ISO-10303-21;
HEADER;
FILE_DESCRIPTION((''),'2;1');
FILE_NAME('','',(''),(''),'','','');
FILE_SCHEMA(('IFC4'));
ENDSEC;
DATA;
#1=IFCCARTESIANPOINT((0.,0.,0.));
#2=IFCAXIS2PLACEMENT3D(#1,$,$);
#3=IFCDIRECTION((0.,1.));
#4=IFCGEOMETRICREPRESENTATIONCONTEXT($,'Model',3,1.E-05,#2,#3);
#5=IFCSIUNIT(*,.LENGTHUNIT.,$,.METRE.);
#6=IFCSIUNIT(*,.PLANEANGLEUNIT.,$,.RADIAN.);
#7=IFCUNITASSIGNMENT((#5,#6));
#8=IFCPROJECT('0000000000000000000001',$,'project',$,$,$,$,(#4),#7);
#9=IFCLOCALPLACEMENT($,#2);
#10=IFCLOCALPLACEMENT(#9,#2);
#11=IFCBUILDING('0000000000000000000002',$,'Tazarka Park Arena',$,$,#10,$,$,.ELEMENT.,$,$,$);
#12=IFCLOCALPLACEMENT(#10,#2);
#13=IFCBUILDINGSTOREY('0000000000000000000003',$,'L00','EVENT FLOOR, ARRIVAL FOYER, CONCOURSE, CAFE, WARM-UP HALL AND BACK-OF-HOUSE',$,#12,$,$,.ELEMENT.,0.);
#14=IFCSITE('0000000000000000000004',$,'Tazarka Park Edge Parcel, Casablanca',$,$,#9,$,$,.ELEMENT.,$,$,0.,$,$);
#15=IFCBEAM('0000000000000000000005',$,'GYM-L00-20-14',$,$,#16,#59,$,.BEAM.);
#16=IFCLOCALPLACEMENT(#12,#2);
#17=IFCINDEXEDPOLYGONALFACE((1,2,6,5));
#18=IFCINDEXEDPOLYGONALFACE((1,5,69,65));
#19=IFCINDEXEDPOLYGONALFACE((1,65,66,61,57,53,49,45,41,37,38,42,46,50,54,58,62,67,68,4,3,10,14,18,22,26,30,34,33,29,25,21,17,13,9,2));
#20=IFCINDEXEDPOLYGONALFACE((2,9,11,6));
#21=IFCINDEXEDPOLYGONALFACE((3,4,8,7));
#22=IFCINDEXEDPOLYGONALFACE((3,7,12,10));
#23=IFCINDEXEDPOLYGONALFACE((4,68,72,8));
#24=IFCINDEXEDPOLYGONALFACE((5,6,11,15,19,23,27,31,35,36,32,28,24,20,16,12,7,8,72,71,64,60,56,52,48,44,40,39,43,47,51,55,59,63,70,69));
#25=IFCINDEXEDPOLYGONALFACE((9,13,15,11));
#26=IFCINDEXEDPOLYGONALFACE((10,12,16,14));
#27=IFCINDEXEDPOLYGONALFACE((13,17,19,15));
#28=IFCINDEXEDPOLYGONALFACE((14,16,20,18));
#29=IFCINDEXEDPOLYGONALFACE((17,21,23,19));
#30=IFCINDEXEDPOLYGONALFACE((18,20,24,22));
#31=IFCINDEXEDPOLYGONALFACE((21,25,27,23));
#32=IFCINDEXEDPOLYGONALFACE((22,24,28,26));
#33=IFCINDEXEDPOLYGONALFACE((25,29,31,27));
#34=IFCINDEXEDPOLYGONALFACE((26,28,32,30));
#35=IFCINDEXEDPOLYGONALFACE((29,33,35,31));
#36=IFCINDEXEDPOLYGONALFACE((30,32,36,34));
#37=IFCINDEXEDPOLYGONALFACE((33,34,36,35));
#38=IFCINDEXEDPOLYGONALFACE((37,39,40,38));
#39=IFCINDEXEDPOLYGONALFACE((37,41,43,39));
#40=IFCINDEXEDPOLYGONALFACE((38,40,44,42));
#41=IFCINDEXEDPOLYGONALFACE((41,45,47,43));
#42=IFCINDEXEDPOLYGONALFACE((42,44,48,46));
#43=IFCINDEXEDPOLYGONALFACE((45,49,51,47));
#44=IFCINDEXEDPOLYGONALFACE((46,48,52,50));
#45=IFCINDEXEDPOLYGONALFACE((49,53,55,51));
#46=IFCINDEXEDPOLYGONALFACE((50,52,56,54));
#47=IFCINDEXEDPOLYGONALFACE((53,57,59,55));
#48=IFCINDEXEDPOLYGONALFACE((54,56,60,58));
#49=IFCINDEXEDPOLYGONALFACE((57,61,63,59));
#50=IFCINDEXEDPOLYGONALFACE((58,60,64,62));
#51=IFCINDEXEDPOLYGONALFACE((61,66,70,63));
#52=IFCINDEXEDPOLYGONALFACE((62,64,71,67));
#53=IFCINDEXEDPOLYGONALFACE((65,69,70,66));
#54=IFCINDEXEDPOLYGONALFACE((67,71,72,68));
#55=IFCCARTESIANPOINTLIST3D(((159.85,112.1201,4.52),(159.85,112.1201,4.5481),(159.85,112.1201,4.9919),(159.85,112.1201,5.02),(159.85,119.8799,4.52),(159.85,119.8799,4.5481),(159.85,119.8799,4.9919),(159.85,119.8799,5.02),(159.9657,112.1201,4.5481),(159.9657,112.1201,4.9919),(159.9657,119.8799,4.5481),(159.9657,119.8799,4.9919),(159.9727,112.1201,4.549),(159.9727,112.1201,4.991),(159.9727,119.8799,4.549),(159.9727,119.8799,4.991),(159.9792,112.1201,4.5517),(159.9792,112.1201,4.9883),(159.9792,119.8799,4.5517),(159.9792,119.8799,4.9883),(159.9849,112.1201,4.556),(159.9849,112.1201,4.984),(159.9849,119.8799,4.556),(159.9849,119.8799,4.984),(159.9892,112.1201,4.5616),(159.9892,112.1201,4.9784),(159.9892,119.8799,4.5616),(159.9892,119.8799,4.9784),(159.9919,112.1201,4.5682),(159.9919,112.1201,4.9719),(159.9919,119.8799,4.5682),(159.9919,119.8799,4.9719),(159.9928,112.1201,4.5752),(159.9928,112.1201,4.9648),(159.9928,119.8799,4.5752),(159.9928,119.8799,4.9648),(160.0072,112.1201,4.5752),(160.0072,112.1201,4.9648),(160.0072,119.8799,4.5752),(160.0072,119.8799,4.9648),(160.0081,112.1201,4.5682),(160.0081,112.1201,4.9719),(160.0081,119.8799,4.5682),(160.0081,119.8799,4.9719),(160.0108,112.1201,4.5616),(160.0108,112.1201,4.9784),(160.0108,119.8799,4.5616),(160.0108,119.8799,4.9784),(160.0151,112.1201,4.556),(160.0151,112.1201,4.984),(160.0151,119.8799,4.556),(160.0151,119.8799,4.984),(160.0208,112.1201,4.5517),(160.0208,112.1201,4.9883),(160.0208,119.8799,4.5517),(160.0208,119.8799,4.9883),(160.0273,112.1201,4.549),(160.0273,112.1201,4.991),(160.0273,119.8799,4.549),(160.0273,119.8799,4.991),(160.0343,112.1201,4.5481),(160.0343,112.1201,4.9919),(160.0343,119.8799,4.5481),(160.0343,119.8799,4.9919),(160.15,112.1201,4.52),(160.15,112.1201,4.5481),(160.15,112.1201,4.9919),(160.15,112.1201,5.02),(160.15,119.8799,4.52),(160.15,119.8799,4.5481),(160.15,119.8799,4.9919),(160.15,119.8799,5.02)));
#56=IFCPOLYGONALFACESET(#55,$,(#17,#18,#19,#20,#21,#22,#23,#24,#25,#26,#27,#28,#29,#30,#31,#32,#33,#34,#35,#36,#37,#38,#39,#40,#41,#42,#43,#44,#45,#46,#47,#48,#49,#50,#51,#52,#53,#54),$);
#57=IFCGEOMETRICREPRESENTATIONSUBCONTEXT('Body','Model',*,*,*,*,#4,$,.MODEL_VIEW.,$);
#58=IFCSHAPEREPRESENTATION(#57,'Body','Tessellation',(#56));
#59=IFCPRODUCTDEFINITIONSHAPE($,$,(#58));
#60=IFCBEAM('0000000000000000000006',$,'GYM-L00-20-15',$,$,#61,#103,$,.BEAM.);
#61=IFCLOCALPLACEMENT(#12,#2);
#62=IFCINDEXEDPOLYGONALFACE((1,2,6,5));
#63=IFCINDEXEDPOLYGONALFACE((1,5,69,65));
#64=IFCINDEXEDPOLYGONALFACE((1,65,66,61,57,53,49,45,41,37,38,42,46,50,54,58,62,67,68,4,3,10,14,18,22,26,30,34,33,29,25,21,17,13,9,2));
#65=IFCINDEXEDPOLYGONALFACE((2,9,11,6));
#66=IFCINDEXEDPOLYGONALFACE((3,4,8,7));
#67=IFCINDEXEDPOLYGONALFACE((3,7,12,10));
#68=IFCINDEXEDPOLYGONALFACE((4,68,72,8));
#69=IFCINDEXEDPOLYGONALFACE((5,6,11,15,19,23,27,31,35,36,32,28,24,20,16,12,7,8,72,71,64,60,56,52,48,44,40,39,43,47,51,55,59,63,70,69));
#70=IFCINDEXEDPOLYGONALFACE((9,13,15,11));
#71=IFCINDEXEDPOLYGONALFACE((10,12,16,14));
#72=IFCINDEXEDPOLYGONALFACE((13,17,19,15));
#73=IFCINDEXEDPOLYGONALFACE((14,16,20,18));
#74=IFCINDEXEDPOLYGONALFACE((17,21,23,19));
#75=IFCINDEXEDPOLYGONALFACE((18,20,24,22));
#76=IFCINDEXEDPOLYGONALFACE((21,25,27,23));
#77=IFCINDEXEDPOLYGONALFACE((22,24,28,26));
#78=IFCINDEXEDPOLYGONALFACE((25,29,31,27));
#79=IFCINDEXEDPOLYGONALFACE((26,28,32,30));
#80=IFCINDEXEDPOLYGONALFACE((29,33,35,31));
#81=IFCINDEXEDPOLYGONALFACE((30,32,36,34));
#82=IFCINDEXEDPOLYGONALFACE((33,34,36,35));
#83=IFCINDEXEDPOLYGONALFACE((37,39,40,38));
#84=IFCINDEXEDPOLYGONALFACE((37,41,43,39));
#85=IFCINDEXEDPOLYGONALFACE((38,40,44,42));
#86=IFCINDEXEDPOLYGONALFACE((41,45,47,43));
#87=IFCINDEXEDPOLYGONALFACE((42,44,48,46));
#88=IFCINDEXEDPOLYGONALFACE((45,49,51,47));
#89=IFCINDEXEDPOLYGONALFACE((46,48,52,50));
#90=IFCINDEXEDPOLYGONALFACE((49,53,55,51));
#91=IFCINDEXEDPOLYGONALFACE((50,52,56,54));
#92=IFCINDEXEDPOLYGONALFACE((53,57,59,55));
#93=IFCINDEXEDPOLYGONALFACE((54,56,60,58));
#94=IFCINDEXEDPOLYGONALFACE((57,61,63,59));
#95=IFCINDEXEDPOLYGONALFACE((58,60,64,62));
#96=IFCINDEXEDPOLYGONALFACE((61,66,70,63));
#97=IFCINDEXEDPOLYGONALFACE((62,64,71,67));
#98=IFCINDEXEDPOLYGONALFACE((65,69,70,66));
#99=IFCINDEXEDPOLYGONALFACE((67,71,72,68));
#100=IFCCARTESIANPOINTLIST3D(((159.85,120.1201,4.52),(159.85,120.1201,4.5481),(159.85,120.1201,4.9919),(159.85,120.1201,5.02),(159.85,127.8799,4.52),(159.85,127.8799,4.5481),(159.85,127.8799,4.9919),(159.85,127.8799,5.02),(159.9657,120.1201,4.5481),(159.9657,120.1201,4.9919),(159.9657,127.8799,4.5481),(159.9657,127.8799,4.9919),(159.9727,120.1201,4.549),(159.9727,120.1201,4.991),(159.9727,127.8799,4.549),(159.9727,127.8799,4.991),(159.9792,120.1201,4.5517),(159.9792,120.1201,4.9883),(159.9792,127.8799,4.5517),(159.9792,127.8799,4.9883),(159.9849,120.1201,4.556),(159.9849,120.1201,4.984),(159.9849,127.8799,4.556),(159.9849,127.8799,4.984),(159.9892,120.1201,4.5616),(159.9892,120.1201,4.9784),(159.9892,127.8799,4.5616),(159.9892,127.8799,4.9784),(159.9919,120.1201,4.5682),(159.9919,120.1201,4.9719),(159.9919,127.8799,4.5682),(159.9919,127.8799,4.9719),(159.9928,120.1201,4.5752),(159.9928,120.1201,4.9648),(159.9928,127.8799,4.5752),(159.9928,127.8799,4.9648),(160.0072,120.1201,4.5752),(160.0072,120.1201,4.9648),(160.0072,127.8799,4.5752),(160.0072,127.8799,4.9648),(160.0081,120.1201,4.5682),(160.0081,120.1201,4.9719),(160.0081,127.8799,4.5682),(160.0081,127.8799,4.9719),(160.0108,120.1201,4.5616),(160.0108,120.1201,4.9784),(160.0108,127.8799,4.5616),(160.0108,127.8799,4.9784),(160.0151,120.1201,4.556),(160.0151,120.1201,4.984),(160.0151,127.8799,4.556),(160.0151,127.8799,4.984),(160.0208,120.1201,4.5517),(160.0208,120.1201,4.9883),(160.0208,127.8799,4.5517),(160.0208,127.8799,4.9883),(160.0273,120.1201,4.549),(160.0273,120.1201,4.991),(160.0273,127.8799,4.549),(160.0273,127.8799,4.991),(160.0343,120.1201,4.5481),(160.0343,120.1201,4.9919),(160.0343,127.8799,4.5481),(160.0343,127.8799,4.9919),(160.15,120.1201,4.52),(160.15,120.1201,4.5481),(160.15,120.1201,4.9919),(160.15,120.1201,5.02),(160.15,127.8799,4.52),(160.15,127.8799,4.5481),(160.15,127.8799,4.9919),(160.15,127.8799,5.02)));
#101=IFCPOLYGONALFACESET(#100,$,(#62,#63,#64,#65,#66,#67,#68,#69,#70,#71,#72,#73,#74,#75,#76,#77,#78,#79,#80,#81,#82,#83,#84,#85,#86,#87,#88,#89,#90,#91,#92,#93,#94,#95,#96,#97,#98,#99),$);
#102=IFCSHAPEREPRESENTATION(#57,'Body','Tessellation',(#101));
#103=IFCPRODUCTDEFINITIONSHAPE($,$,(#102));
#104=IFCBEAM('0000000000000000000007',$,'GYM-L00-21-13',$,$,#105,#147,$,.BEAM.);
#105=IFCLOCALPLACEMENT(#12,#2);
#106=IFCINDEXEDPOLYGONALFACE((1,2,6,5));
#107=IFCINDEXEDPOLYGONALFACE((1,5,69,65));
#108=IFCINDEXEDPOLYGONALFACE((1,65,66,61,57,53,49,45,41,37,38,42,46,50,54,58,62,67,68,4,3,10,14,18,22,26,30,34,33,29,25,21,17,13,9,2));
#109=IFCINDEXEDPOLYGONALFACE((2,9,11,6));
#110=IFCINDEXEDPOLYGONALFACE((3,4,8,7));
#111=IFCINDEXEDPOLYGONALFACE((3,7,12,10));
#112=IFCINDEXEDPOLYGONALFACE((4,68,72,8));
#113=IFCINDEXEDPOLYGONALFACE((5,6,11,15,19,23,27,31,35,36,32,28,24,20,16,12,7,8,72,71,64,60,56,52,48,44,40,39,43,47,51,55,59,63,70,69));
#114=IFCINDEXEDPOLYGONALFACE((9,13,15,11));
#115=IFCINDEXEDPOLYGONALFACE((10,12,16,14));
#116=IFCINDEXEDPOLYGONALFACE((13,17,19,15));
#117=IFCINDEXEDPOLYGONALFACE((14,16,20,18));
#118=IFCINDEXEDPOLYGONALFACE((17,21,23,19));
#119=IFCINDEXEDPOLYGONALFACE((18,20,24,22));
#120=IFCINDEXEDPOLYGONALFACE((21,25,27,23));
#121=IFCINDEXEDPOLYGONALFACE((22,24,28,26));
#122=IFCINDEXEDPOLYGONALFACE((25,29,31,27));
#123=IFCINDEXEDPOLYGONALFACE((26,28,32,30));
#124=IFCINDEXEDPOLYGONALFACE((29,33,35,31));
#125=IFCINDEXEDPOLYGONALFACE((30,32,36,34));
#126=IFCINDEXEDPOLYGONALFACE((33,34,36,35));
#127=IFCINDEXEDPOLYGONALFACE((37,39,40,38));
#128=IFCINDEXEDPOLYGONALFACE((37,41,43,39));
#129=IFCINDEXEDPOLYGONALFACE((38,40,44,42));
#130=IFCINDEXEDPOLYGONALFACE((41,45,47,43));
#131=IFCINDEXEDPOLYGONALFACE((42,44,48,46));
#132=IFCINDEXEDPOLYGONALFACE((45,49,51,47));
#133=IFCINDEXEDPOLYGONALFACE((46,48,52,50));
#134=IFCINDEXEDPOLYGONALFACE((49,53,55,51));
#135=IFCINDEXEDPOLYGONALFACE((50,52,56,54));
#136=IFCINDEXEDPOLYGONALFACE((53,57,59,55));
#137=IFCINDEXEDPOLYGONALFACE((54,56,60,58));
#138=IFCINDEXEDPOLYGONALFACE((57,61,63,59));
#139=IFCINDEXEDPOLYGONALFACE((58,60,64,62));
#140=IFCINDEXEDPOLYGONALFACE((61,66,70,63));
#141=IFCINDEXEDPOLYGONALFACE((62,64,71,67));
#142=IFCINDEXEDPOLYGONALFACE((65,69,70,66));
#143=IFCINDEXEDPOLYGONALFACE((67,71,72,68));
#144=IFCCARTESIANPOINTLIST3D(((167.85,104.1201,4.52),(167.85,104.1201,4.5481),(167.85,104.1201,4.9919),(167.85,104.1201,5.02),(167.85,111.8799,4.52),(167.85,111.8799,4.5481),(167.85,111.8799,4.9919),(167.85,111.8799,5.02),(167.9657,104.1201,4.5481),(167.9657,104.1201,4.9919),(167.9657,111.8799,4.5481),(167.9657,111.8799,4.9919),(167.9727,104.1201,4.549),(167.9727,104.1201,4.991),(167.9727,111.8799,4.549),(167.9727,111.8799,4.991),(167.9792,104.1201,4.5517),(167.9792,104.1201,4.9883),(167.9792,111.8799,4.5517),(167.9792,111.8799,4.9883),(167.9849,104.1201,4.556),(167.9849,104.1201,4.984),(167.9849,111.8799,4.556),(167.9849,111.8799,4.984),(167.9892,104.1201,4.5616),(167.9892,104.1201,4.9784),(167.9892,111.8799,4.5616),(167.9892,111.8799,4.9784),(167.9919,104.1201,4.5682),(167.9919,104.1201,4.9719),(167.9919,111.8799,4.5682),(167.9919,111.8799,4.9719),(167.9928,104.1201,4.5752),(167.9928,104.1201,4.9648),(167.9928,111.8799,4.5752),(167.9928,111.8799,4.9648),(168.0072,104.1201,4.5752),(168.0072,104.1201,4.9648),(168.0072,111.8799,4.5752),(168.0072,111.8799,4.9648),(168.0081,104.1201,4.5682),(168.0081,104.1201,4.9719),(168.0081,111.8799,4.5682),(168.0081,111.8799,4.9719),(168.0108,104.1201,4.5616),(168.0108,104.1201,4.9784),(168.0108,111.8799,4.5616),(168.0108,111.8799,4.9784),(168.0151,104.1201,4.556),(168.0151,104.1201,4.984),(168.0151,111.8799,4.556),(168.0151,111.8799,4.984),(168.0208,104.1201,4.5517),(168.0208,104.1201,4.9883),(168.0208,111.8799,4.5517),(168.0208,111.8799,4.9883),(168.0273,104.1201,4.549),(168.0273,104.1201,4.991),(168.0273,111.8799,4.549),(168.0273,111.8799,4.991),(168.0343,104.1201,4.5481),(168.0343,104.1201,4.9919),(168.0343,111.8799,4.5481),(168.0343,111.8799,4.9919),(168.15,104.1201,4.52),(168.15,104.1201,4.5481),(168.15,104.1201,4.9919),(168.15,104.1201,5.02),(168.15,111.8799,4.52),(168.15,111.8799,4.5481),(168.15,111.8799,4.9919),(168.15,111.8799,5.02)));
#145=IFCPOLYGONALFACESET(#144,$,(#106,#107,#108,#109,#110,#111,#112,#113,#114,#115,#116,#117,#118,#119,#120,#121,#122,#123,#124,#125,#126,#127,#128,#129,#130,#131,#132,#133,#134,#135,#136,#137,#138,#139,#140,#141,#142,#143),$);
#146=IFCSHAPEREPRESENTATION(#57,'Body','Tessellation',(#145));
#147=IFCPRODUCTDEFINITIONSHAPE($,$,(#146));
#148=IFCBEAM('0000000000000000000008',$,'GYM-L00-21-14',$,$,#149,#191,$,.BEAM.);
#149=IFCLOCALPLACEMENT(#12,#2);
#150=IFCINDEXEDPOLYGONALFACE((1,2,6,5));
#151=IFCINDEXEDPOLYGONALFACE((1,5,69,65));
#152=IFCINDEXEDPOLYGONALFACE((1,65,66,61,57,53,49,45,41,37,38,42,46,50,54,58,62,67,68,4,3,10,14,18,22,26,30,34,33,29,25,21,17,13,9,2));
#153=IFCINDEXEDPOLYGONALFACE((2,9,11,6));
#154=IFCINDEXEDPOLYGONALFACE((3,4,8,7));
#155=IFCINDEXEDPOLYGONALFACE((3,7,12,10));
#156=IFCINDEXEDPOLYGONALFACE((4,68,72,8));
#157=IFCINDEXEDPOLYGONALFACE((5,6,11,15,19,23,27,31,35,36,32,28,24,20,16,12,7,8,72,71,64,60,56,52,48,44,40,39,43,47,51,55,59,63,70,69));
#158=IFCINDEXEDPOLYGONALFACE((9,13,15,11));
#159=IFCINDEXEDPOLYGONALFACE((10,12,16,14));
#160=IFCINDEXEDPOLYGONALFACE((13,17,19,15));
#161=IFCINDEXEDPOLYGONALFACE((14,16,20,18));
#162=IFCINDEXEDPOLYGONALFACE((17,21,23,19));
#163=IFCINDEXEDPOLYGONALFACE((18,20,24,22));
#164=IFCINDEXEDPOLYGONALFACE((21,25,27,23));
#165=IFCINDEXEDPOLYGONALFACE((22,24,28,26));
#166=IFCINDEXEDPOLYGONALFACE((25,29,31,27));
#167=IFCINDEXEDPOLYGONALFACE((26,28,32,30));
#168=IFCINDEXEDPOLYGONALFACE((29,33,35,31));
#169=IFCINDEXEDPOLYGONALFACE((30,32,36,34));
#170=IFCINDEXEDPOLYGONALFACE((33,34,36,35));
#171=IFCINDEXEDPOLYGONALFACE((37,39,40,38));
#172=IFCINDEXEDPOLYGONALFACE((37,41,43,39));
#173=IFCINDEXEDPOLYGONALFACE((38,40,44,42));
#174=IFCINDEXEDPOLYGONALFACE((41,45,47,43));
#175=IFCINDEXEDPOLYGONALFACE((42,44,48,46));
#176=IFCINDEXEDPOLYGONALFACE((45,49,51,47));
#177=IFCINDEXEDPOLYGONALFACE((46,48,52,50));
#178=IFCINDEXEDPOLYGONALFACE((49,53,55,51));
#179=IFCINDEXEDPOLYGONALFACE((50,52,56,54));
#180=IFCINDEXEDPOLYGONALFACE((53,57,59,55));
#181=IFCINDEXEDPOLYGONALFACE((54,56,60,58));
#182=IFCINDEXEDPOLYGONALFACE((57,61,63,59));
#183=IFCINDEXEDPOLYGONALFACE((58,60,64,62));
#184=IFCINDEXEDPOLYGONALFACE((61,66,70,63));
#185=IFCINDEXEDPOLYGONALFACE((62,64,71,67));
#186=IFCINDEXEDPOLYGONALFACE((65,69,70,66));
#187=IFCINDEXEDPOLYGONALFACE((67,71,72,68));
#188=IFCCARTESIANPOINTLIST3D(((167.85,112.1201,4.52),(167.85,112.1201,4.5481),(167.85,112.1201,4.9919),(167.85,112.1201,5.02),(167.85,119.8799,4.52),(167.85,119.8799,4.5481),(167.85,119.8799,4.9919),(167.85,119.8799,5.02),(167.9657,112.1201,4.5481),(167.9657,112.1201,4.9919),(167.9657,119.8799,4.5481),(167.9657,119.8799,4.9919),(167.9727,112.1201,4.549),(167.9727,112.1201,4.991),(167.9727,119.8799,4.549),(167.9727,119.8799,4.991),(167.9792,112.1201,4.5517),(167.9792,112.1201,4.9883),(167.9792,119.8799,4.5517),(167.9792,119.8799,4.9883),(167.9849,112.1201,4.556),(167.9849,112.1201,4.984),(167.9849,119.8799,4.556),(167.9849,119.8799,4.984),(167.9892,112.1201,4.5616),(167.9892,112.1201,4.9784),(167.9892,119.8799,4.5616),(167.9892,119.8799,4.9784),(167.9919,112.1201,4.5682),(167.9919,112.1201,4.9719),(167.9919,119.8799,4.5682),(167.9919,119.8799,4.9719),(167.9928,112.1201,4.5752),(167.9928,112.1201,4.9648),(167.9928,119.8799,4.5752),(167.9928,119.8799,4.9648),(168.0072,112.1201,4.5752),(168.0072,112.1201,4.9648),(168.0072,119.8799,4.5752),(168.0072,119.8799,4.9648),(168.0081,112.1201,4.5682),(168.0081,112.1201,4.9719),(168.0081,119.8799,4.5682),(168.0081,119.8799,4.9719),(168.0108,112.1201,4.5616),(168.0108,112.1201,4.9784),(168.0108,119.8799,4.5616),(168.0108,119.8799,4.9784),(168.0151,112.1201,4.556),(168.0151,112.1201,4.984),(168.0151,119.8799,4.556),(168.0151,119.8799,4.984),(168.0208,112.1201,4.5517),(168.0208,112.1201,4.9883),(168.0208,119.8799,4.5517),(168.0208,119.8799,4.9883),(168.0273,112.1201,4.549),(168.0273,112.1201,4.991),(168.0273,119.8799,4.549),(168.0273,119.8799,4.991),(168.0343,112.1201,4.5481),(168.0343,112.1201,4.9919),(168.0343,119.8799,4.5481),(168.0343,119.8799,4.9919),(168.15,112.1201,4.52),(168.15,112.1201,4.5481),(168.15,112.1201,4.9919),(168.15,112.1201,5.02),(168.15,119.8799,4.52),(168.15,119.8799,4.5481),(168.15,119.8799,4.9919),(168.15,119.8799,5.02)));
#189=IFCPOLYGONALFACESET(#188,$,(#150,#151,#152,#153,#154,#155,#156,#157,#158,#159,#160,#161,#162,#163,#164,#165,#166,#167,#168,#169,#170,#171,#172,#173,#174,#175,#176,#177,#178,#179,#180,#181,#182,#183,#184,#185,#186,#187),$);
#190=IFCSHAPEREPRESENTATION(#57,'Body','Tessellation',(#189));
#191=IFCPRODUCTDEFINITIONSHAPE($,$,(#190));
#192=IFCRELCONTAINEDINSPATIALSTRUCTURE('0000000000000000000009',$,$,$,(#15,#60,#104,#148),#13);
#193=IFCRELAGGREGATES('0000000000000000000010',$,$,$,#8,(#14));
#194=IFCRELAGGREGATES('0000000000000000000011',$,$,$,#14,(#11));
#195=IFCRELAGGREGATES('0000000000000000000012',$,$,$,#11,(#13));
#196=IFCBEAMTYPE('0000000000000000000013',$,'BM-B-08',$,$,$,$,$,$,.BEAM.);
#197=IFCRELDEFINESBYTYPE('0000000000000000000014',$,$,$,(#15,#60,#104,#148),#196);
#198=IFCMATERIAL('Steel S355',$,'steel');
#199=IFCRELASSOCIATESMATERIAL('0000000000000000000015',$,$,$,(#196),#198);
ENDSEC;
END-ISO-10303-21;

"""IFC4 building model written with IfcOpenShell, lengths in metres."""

from ifc_helpers import new_model, si_unit, direction, frame, origin, origin_2d, place, context, subcontext, project, spatial, i_section, extrude, material, material_profile, profile_set, type_object, element, save


model = new_model("IFC4")

# Units and contexts
model_context = context("Model", 3, precision=1e-05, world=origin(), true_north=direction((0.0, 1.0)))
body_context = subcontext(model_context, "Body", "Model", "MODEL_VIEW")
ifc_project = project(units=[si_unit("LENGTHUNIT", "METRE"), si_unit("PLANEANGLEUNIT", "RADIAN")], contexts=[model_context])

# Site, building, storey
site_placement = place(None, origin())
site = spatial("IfcSite", under=ifc_project, at=site_placement, Name="Tazarka Park Edge Parcel, Casablanca", CompositionType="ELEMENT", RefElevation=0.0)
building_placement = place(site_placement, origin())
building = spatial("IfcBuilding", under=site, at=building_placement, Name="Tazarka Park Arena", CompositionType="ELEMENT")
storey_placement = place(building_placement, origin())
storey = spatial("IfcBuildingStorey", under=building, at=storey_placement, Name="L00", Description="EVENT FLOOR, ARRIVAL FOYER, CONCOURSE, CAFE, WARM-UP HALL AND BACK-OF-HOUSE", CompositionType="ELEMENT", Elevation=0.0)

# Beams
ifc_material_1 = material(Name="Steel S355", Category="steel")
ifc_material_profile_1 = material_profile(ifc_material_1, i_section(OverallWidth=0.3, OverallDepth=0.5, WebThickness=0.0144, FlangeThickness=0.0281, FilletRadius=0.0271, at=origin_2d()), Name="Steel S355")
ifc_profile_set_1 = profile_set([ifc_material_profile_1], Name="Steel S355")
beam_type_1 = type_object("IfcBeamType", Name="BM-B-08", PredefinedType="BEAM", material=ifc_profile_set_1)
for number, where, z_axis, x_axis, name in (
    (1, (160.0, 112.1201, 4.77), (0.0, 1.0, 0.0), (-1.0, 0.0, 0.0), "GYM-L00-20-14"),
    (2, (160.0, 120.1201, 4.77), (0.0, 1.0, 0.0), (-1.0, 0.0, 0.0), "GYM-L00-20-15"),
    (3, (168.0, 104.1201, 4.77), (0.0, 1.0, 0.0), (-1.0, 0.0, 0.0), "GYM-L00-21-13"),
    (4, (168.0, 112.1201, 4.77), (0.0, 1.0, 0.0), (-1.0, 0.0, 0.0), "GYM-L00-21-14"),
):
    element("IfcBeam", number, at=place(storey_placement, frame(where, z_axis=z_axis, x_axis=x_axis)), inside=storey, type_object=beam_type_1, Name=name, PredefinedType="BEAM", context=body_context, shape_type="SweptSolid", body=[
        extrude(i_section(OverallWidth=0.3, OverallDepth=0.5, WebThickness=0.0144, FlangeThickness=0.0281, FilletRadius=0.0271, at=origin_2d()), origin(), (0.0, 0.0, 1.0), 7.7598),
    ])

save(model, "model.ifc")
